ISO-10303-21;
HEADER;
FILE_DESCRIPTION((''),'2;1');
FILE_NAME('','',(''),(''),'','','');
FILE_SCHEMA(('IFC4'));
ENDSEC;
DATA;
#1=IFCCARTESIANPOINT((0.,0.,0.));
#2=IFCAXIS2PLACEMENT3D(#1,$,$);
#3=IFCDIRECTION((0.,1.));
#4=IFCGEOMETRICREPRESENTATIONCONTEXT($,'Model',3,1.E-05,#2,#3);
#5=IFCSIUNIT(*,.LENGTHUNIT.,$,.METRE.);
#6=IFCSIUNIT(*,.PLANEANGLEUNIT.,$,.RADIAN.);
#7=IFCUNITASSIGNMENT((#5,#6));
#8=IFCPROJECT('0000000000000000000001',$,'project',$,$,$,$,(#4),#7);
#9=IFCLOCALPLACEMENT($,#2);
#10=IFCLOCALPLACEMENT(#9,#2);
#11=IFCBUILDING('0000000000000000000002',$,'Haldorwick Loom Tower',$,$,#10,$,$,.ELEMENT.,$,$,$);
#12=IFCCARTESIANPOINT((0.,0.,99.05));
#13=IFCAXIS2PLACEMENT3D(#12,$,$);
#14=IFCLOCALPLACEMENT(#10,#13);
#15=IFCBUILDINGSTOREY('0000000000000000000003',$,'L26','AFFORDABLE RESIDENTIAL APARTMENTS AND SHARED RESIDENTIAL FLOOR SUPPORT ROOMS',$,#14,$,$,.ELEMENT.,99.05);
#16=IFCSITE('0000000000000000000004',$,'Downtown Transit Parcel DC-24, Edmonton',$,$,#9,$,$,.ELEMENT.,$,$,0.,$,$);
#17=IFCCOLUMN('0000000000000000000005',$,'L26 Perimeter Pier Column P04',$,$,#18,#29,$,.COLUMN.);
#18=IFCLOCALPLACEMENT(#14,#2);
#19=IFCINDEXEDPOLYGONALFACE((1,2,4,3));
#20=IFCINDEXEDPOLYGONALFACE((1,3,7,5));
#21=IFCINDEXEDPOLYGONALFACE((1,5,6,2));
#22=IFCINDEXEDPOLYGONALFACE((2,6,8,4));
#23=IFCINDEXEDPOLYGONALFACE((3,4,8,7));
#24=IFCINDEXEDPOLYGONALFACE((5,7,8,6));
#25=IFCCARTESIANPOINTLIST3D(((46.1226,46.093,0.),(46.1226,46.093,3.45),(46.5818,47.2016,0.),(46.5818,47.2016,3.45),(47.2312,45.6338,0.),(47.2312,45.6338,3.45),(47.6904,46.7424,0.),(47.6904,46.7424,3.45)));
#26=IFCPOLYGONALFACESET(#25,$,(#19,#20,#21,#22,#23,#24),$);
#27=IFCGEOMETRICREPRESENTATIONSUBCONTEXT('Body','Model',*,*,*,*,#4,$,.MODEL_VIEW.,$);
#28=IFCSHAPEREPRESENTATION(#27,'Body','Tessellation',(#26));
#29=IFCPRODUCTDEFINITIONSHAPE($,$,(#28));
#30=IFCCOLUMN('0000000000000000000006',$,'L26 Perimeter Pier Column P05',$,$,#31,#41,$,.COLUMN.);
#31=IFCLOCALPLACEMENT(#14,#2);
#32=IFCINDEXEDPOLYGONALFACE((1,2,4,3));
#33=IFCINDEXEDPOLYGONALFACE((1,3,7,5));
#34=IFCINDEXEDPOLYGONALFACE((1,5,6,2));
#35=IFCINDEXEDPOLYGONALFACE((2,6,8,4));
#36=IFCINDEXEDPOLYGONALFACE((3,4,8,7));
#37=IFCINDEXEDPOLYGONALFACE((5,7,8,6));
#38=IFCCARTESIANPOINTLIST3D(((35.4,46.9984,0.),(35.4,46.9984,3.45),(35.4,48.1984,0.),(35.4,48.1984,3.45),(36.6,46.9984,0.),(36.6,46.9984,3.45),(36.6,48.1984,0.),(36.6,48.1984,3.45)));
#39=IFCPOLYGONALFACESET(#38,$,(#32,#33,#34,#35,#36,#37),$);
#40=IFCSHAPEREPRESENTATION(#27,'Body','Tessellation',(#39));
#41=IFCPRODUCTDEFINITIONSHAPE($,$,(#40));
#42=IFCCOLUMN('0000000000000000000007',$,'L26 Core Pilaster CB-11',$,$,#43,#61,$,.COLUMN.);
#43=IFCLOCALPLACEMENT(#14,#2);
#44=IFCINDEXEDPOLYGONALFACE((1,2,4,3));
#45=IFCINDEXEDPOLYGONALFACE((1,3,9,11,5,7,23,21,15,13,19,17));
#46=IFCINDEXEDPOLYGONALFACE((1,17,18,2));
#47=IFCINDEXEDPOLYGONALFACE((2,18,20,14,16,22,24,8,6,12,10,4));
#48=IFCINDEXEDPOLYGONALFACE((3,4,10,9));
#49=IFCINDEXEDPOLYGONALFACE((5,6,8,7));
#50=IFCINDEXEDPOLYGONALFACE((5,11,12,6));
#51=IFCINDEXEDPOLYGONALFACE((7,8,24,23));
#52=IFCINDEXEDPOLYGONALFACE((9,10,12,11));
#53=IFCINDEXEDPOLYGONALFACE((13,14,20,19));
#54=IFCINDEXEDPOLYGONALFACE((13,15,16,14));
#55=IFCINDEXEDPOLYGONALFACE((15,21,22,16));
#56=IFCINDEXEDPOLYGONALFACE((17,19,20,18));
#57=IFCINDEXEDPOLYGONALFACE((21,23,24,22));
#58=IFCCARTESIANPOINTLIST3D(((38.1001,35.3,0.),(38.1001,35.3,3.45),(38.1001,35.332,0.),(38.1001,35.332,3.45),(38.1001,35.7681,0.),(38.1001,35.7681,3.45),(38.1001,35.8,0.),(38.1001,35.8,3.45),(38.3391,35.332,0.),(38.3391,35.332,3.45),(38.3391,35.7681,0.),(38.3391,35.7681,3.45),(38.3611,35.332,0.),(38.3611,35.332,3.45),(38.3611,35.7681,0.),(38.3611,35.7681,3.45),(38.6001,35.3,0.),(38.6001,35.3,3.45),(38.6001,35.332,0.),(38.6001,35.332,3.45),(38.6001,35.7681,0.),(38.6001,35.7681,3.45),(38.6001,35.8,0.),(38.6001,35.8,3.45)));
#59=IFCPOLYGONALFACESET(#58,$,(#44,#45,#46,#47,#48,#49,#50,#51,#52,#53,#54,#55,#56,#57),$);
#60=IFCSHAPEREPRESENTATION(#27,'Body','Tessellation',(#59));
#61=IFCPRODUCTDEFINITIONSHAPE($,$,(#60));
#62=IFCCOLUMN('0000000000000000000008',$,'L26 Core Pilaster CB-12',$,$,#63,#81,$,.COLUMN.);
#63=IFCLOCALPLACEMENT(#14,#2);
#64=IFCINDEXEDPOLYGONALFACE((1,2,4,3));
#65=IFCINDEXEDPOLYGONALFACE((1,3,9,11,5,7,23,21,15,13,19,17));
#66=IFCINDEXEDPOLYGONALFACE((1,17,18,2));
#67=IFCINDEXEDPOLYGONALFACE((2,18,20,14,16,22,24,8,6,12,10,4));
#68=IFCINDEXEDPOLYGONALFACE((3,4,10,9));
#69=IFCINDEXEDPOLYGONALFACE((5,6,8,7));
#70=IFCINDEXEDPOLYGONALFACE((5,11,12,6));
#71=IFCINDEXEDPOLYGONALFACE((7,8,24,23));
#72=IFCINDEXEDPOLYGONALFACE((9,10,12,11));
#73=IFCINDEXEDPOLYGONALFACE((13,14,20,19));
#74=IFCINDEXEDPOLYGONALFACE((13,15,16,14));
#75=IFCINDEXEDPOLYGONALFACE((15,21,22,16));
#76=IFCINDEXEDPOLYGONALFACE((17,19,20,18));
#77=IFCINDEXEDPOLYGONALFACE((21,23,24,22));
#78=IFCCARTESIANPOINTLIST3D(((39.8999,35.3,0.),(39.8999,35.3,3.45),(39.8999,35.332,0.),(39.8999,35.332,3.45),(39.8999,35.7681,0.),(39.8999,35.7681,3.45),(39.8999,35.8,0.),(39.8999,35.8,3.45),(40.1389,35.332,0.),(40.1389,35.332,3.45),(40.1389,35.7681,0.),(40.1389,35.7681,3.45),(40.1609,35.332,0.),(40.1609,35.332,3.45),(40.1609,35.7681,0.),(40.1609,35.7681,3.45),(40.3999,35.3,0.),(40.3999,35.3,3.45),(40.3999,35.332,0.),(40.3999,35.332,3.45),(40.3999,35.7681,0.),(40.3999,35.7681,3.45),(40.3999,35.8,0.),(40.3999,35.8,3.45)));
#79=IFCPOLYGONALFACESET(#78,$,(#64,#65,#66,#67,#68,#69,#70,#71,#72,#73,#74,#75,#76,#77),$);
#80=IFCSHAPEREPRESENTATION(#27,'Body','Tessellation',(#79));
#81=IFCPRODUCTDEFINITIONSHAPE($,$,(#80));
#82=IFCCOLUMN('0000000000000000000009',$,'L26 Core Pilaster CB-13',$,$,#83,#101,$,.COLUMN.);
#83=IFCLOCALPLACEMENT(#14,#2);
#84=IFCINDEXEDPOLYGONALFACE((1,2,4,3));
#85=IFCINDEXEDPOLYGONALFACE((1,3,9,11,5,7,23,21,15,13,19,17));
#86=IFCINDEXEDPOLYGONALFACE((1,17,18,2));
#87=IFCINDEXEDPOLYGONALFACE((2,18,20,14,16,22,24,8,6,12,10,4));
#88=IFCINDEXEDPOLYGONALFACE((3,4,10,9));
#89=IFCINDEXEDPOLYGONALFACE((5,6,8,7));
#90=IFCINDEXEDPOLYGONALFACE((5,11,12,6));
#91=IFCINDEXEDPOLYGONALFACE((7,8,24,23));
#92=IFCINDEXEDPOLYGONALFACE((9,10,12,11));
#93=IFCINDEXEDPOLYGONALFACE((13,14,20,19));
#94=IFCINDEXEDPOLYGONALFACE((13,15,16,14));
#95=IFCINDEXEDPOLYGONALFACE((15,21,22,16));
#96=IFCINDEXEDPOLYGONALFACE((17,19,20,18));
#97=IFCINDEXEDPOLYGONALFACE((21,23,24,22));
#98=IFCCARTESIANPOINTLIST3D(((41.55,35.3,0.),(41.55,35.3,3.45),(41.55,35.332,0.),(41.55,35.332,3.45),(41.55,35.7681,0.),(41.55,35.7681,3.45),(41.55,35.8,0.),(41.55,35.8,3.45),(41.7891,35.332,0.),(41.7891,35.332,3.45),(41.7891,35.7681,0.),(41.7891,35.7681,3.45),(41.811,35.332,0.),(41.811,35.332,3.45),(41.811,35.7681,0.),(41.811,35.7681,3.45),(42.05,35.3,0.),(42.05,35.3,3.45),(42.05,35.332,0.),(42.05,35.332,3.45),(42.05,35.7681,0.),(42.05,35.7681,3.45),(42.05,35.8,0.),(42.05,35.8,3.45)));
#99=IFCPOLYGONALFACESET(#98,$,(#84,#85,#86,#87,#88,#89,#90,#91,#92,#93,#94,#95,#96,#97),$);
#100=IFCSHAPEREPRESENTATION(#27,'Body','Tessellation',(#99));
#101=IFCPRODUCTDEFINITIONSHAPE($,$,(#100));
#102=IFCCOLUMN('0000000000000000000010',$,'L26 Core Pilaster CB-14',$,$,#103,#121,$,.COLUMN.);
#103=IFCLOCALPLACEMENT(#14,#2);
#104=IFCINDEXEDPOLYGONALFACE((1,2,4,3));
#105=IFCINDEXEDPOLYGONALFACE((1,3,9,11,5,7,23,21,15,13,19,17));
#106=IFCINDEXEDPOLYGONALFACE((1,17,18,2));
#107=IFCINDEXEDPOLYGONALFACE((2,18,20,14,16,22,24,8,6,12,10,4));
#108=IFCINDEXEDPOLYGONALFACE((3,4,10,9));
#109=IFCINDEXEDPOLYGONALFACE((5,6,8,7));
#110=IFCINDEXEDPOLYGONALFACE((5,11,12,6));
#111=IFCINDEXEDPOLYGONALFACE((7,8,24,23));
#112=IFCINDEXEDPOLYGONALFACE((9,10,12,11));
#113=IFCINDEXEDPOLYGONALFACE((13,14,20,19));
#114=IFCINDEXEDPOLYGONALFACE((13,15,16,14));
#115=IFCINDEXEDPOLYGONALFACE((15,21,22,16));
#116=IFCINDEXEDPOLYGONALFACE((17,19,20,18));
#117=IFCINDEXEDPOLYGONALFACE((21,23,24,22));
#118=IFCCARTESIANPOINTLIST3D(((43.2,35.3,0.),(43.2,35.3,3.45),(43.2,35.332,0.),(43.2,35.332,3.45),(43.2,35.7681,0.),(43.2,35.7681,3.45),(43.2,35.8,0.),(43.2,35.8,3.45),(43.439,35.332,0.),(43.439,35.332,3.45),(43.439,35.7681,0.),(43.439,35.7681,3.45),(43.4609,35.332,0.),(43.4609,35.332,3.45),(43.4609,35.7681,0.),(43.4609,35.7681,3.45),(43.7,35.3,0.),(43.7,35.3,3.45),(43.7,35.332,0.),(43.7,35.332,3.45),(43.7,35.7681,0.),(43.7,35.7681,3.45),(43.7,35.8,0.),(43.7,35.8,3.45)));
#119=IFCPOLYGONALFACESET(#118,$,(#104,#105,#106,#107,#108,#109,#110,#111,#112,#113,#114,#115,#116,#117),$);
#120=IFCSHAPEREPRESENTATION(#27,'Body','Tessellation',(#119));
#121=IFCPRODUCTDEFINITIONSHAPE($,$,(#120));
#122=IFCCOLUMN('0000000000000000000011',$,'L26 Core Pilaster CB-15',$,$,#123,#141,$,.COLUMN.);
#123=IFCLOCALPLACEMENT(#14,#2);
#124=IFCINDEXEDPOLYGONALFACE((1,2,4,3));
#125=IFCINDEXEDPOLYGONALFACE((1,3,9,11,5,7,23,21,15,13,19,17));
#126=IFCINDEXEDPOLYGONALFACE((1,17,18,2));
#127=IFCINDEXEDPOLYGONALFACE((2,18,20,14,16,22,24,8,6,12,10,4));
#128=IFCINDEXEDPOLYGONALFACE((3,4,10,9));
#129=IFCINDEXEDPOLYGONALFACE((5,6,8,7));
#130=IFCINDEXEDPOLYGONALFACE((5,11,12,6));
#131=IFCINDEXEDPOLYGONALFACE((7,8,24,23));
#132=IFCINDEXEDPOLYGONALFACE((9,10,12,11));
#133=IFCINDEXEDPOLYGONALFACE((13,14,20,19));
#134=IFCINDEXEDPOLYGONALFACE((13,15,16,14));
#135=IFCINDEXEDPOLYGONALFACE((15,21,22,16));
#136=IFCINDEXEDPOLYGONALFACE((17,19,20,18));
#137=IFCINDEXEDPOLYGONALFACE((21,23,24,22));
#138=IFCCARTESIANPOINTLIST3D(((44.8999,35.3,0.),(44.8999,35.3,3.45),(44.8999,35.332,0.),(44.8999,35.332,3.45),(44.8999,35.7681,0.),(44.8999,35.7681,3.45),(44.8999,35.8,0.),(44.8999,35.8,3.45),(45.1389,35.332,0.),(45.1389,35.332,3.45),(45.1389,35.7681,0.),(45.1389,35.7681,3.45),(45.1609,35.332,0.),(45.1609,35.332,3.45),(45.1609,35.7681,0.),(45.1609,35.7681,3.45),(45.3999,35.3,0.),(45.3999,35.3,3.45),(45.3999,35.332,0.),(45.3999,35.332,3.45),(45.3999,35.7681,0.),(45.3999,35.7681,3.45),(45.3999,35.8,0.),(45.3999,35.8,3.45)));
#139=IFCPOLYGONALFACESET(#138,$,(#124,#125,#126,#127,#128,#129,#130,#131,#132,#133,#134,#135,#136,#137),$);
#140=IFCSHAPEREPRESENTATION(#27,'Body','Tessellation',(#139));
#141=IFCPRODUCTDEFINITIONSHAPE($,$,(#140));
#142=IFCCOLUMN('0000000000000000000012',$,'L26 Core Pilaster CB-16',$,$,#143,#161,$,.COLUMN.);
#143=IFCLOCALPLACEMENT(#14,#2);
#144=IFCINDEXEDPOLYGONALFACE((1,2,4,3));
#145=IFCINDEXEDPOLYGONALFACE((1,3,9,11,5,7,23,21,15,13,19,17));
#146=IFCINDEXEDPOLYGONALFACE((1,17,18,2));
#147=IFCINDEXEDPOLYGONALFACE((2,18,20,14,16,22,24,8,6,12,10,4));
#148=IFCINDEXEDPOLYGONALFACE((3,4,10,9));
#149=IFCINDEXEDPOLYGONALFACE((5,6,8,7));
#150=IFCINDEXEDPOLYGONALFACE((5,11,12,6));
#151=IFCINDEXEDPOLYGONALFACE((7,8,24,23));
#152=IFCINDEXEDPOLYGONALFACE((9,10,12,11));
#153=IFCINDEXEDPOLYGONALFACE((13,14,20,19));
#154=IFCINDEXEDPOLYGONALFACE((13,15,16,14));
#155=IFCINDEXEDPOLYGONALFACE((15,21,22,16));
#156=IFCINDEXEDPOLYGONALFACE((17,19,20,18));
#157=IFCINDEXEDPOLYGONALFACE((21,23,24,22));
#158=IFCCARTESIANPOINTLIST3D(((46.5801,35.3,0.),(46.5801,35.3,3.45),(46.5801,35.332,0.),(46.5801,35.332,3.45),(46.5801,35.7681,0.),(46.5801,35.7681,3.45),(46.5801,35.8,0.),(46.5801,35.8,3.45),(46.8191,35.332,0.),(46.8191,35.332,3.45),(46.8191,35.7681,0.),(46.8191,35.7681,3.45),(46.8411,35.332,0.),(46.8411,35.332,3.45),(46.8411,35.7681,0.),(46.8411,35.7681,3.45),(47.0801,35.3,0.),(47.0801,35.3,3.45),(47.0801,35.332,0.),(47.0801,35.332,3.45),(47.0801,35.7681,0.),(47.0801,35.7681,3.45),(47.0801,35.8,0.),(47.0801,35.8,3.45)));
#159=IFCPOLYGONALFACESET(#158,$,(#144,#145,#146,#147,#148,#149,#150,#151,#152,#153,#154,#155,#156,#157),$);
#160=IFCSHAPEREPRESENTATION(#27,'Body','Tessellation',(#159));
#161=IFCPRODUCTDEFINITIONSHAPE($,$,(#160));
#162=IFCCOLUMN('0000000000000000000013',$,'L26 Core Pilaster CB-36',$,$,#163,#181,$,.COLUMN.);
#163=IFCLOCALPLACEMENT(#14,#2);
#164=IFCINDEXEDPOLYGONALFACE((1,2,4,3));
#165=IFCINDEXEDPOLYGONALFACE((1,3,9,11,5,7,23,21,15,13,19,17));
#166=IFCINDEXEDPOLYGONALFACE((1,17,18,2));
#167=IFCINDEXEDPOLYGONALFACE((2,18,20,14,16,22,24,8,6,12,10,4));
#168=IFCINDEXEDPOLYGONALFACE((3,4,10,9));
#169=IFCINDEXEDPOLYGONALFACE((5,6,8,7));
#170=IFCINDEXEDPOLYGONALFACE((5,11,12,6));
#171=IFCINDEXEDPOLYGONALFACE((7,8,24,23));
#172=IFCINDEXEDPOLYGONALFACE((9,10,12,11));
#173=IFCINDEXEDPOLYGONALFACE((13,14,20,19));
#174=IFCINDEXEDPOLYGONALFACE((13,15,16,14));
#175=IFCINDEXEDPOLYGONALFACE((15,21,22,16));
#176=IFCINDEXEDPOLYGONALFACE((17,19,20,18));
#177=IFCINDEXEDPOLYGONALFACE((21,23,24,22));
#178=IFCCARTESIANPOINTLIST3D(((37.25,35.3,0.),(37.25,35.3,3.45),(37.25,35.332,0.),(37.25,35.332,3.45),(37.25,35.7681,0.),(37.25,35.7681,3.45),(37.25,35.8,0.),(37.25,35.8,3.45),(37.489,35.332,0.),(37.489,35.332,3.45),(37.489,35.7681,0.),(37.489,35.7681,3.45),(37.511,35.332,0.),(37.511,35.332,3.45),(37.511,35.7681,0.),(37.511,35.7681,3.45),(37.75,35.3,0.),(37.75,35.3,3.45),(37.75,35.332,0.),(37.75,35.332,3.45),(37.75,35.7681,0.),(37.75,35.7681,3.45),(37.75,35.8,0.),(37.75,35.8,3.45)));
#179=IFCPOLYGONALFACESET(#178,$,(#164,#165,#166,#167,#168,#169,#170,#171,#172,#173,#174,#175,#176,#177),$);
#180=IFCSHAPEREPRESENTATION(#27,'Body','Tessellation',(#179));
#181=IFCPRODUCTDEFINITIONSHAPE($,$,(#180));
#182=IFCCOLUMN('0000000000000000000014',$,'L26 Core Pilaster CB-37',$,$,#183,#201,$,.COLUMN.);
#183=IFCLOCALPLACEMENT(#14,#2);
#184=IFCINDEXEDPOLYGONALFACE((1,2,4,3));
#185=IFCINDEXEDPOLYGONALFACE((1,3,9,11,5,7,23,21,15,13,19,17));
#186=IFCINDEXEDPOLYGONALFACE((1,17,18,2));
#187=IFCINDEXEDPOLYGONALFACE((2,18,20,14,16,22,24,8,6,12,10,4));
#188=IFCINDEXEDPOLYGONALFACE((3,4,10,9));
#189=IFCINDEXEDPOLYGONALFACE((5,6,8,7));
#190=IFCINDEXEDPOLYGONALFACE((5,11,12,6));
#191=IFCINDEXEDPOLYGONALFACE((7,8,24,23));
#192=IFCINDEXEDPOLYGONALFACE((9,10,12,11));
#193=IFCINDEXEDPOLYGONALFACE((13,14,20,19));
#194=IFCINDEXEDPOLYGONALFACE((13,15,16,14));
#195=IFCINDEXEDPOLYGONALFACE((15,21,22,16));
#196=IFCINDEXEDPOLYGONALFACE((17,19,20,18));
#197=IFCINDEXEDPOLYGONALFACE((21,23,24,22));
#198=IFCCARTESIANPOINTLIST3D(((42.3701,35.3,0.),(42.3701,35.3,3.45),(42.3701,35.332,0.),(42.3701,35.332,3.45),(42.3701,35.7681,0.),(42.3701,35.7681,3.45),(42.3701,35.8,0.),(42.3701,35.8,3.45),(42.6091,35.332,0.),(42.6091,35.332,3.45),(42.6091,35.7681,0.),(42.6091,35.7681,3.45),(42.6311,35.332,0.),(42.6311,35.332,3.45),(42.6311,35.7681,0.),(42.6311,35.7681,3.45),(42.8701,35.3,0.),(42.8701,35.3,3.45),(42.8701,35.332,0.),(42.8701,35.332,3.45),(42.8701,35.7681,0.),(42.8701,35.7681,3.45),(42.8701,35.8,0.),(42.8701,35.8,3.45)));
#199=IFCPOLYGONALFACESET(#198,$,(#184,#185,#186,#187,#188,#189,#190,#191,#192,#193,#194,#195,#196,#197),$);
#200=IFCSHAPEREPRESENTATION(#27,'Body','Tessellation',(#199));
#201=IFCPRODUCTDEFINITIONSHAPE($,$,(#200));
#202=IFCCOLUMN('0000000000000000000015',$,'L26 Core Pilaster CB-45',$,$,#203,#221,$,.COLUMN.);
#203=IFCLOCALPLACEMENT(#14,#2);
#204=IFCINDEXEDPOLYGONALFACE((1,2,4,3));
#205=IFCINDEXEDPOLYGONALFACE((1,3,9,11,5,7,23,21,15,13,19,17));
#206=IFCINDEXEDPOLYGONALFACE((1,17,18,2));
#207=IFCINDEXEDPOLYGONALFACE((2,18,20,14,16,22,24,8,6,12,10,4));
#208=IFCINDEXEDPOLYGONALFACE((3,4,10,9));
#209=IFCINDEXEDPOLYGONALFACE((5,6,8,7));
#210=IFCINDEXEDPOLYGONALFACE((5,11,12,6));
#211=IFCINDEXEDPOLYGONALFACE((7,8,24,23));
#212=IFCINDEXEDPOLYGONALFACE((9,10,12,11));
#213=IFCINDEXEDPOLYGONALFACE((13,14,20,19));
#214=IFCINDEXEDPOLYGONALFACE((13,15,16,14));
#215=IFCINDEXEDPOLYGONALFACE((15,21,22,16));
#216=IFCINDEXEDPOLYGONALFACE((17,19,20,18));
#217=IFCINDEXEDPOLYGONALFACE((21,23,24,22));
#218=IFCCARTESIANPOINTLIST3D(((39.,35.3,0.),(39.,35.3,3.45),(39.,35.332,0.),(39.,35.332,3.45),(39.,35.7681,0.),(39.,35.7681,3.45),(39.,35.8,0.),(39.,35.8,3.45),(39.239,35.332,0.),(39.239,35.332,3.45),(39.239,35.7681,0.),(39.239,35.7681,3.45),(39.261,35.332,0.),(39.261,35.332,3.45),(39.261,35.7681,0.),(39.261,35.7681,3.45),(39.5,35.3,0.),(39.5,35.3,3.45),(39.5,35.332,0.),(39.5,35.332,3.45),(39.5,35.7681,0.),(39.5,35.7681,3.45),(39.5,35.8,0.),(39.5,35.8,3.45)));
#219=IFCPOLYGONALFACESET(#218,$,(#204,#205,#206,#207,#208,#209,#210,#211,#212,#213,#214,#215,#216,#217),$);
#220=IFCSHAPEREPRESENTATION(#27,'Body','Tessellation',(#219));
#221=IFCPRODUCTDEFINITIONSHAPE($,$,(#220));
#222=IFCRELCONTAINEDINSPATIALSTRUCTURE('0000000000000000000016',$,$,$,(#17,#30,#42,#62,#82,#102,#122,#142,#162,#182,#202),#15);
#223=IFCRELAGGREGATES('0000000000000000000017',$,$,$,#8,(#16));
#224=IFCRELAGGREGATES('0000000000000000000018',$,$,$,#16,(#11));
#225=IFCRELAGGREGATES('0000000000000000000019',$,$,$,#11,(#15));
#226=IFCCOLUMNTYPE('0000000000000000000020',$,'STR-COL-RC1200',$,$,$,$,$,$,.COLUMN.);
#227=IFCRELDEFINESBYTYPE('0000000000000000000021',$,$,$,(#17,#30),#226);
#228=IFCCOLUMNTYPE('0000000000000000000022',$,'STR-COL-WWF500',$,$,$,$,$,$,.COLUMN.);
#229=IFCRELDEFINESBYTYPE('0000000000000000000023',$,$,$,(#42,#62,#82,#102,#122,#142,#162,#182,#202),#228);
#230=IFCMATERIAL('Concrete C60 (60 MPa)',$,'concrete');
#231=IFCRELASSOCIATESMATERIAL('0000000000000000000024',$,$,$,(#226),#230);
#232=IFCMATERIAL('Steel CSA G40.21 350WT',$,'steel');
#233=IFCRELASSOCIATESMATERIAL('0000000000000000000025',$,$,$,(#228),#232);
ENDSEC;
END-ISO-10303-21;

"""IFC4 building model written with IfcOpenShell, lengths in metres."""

from ifc_helpers import new_model, si_unit, direction, frame, origin, origin_2d, place, context, subcontext, project, spatial, rectangle, i_section, extrude, material, material_profile, profile_set, type_object, element, save


model = new_model("IFC4")

# Units and contexts
model_context = context("Model", 3, precision=1e-05, world=origin(), true_north=direction((0.0, 1.0)))
body_context = subcontext(model_context, "Body", "Model", "MODEL_VIEW")
ifc_project = project(units=[si_unit("LENGTHUNIT", "METRE"), si_unit("PLANEANGLEUNIT", "RADIAN")], contexts=[model_context])

# Site, building, storey
site_placement = place(None, origin())
site = spatial("IfcSite", under=ifc_project, at=site_placement, Name="Downtown Transit Parcel DC-24, Edmonton", CompositionType="ELEMENT", RefElevation=0.0)
building_placement = place(site_placement, origin())
building = spatial("IfcBuilding", under=site, at=building_placement, Name="Haldorwick Loom Tower", CompositionType="ELEMENT")
storey_placement = place(building_placement, frame((0.0, 0.0, 99.05)))
storey = spatial("IfcBuildingStorey", under=building, at=storey_placement, Name="L26", Description="AFFORDABLE RESIDENTIAL APARTMENTS AND SHARED RESIDENTIAL FLOOR SUPPORT ROOMS", CompositionType="ELEMENT", Elevation=99.05)

# Columns
ifc_material_1 = material(Name="Concrete C60 (60 MPa)", Category="concrete")
ifc_material_profile_1 = material_profile(ifc_material_1, rectangle(XDim=1.2, YDim=1.2, at=origin_2d()), Name="RC1200X1200", Category="concrete")
ifc_profile_set_1 = profile_set([ifc_material_profile_1], Name="Concrete C60 (60 MPa)")
column_type_1 = type_object("IfcColumnType", Name="STR-COL-RC1200", PredefinedType="COLUMN", material=ifc_profile_set_1)
for number, where, z_axis, x_axis, name in (
    (1, (46.9065, 46.4177, 0.0), (0.0, 0.0, 1.0), (0.382683, 0.92388, 0.0), "L26 Perimeter Pier Column P04"),
    (2, (36.0, 47.5984, 0.0), (0.0, 0.0, 1.0), (0.0, 1.0, 0.0), "L26 Perimeter Pier Column P05"),
):
    element("IfcColumn", number, at=place(storey_placement, frame(where, z_axis=z_axis, x_axis=x_axis)), inside=storey, type_object=column_type_1, Name=name, PredefinedType="COLUMN", context=body_context, shape_type="SweptSolid", body=[
        extrude(rectangle(XDim=1.2, YDim=1.2, at=origin_2d()), origin(), (0.0, 0.0, 1.0), 3.45),
    ])
ifc_material_2 = material(Name="Steel CSA G40.21 350WT", Category="steel")
ifc_material_profile_2 = material_profile(ifc_material_2, i_section(OverallWidth=0.5, OverallDepth=0.5, WebThickness=0.022, FlangeThickness=0.032, at=origin_2d()), Name="WWF500X500", Category="steel")
ifc_profile_set_2 = profile_set([ifc_material_profile_2], Name="Steel CSA G40.21 350WT")
column_type_2 = type_object("IfcColumnType", Name="STR-COL-WWF500", PredefinedType="COLUMN", material=ifc_profile_set_2)
for number, where, z_axis, x_axis, name in (
    (3, (38.3501, 35.55, 0.0), (0.0, 0.0, 1.0), (1.0, 0.0, 0.0), "L26 Core Pilaster CB-11"),
    (4, (40.1499, 35.55, 0.0), (0.0, 0.0, 1.0), (1.0, 0.0, 0.0), "L26 Core Pilaster CB-12"),
    (5, (41.8, 35.55, 0.0), (0.0, 0.0, 1.0), (1.0, 0.0, 0.0), "L26 Core Pilaster CB-13"),
    (6, (43.45, 35.55, 0.0), (0.0, 0.0, 1.0), (1.0, 0.0, 0.0), "L26 Core Pilaster CB-14"),
    (7, (45.1499, 35.55, 0.0), (0.0, 0.0, 1.0), (1.0, 0.0, 0.0), "L26 Core Pilaster CB-15"),
    (8, (46.8301, 35.55, 0.0), (0.0, 0.0, 1.0), (1.0, 0.0, 0.0), "L26 Core Pilaster CB-16"),
    (9, (37.5, 35.55, 0.0), (0.0, 0.0, 1.0), (1.0, 0.0, 0.0), "L26 Core Pilaster CB-36"),
    (10, (42.6201, 35.55, 0.0), (0.0, 0.0, 1.0), (1.0, 0.0, 0.0), "L26 Core Pilaster CB-37"),
    (11, (39.25, 35.55, 0.0), (0.0, 0.0, 1.0), (1.0, 0.0, 0.0), "L26 Core Pilaster CB-45"),
):
    element("IfcColumn", number, at=place(storey_placement, frame(where, z_axis=z_axis, x_axis=x_axis)), inside=storey, type_object=column_type_2, Name=name, PredefinedType="COLUMN", context=body_context, shape_type="SweptSolid", body=[
        extrude(i_section(OverallWidth=0.5, OverallDepth=0.5, WebThickness=0.022, FlangeThickness=0.032, at=origin_2d()), origin(), (0.0, 0.0, 1.0), 3.45),
    ])

save(model, "model.ifc")
